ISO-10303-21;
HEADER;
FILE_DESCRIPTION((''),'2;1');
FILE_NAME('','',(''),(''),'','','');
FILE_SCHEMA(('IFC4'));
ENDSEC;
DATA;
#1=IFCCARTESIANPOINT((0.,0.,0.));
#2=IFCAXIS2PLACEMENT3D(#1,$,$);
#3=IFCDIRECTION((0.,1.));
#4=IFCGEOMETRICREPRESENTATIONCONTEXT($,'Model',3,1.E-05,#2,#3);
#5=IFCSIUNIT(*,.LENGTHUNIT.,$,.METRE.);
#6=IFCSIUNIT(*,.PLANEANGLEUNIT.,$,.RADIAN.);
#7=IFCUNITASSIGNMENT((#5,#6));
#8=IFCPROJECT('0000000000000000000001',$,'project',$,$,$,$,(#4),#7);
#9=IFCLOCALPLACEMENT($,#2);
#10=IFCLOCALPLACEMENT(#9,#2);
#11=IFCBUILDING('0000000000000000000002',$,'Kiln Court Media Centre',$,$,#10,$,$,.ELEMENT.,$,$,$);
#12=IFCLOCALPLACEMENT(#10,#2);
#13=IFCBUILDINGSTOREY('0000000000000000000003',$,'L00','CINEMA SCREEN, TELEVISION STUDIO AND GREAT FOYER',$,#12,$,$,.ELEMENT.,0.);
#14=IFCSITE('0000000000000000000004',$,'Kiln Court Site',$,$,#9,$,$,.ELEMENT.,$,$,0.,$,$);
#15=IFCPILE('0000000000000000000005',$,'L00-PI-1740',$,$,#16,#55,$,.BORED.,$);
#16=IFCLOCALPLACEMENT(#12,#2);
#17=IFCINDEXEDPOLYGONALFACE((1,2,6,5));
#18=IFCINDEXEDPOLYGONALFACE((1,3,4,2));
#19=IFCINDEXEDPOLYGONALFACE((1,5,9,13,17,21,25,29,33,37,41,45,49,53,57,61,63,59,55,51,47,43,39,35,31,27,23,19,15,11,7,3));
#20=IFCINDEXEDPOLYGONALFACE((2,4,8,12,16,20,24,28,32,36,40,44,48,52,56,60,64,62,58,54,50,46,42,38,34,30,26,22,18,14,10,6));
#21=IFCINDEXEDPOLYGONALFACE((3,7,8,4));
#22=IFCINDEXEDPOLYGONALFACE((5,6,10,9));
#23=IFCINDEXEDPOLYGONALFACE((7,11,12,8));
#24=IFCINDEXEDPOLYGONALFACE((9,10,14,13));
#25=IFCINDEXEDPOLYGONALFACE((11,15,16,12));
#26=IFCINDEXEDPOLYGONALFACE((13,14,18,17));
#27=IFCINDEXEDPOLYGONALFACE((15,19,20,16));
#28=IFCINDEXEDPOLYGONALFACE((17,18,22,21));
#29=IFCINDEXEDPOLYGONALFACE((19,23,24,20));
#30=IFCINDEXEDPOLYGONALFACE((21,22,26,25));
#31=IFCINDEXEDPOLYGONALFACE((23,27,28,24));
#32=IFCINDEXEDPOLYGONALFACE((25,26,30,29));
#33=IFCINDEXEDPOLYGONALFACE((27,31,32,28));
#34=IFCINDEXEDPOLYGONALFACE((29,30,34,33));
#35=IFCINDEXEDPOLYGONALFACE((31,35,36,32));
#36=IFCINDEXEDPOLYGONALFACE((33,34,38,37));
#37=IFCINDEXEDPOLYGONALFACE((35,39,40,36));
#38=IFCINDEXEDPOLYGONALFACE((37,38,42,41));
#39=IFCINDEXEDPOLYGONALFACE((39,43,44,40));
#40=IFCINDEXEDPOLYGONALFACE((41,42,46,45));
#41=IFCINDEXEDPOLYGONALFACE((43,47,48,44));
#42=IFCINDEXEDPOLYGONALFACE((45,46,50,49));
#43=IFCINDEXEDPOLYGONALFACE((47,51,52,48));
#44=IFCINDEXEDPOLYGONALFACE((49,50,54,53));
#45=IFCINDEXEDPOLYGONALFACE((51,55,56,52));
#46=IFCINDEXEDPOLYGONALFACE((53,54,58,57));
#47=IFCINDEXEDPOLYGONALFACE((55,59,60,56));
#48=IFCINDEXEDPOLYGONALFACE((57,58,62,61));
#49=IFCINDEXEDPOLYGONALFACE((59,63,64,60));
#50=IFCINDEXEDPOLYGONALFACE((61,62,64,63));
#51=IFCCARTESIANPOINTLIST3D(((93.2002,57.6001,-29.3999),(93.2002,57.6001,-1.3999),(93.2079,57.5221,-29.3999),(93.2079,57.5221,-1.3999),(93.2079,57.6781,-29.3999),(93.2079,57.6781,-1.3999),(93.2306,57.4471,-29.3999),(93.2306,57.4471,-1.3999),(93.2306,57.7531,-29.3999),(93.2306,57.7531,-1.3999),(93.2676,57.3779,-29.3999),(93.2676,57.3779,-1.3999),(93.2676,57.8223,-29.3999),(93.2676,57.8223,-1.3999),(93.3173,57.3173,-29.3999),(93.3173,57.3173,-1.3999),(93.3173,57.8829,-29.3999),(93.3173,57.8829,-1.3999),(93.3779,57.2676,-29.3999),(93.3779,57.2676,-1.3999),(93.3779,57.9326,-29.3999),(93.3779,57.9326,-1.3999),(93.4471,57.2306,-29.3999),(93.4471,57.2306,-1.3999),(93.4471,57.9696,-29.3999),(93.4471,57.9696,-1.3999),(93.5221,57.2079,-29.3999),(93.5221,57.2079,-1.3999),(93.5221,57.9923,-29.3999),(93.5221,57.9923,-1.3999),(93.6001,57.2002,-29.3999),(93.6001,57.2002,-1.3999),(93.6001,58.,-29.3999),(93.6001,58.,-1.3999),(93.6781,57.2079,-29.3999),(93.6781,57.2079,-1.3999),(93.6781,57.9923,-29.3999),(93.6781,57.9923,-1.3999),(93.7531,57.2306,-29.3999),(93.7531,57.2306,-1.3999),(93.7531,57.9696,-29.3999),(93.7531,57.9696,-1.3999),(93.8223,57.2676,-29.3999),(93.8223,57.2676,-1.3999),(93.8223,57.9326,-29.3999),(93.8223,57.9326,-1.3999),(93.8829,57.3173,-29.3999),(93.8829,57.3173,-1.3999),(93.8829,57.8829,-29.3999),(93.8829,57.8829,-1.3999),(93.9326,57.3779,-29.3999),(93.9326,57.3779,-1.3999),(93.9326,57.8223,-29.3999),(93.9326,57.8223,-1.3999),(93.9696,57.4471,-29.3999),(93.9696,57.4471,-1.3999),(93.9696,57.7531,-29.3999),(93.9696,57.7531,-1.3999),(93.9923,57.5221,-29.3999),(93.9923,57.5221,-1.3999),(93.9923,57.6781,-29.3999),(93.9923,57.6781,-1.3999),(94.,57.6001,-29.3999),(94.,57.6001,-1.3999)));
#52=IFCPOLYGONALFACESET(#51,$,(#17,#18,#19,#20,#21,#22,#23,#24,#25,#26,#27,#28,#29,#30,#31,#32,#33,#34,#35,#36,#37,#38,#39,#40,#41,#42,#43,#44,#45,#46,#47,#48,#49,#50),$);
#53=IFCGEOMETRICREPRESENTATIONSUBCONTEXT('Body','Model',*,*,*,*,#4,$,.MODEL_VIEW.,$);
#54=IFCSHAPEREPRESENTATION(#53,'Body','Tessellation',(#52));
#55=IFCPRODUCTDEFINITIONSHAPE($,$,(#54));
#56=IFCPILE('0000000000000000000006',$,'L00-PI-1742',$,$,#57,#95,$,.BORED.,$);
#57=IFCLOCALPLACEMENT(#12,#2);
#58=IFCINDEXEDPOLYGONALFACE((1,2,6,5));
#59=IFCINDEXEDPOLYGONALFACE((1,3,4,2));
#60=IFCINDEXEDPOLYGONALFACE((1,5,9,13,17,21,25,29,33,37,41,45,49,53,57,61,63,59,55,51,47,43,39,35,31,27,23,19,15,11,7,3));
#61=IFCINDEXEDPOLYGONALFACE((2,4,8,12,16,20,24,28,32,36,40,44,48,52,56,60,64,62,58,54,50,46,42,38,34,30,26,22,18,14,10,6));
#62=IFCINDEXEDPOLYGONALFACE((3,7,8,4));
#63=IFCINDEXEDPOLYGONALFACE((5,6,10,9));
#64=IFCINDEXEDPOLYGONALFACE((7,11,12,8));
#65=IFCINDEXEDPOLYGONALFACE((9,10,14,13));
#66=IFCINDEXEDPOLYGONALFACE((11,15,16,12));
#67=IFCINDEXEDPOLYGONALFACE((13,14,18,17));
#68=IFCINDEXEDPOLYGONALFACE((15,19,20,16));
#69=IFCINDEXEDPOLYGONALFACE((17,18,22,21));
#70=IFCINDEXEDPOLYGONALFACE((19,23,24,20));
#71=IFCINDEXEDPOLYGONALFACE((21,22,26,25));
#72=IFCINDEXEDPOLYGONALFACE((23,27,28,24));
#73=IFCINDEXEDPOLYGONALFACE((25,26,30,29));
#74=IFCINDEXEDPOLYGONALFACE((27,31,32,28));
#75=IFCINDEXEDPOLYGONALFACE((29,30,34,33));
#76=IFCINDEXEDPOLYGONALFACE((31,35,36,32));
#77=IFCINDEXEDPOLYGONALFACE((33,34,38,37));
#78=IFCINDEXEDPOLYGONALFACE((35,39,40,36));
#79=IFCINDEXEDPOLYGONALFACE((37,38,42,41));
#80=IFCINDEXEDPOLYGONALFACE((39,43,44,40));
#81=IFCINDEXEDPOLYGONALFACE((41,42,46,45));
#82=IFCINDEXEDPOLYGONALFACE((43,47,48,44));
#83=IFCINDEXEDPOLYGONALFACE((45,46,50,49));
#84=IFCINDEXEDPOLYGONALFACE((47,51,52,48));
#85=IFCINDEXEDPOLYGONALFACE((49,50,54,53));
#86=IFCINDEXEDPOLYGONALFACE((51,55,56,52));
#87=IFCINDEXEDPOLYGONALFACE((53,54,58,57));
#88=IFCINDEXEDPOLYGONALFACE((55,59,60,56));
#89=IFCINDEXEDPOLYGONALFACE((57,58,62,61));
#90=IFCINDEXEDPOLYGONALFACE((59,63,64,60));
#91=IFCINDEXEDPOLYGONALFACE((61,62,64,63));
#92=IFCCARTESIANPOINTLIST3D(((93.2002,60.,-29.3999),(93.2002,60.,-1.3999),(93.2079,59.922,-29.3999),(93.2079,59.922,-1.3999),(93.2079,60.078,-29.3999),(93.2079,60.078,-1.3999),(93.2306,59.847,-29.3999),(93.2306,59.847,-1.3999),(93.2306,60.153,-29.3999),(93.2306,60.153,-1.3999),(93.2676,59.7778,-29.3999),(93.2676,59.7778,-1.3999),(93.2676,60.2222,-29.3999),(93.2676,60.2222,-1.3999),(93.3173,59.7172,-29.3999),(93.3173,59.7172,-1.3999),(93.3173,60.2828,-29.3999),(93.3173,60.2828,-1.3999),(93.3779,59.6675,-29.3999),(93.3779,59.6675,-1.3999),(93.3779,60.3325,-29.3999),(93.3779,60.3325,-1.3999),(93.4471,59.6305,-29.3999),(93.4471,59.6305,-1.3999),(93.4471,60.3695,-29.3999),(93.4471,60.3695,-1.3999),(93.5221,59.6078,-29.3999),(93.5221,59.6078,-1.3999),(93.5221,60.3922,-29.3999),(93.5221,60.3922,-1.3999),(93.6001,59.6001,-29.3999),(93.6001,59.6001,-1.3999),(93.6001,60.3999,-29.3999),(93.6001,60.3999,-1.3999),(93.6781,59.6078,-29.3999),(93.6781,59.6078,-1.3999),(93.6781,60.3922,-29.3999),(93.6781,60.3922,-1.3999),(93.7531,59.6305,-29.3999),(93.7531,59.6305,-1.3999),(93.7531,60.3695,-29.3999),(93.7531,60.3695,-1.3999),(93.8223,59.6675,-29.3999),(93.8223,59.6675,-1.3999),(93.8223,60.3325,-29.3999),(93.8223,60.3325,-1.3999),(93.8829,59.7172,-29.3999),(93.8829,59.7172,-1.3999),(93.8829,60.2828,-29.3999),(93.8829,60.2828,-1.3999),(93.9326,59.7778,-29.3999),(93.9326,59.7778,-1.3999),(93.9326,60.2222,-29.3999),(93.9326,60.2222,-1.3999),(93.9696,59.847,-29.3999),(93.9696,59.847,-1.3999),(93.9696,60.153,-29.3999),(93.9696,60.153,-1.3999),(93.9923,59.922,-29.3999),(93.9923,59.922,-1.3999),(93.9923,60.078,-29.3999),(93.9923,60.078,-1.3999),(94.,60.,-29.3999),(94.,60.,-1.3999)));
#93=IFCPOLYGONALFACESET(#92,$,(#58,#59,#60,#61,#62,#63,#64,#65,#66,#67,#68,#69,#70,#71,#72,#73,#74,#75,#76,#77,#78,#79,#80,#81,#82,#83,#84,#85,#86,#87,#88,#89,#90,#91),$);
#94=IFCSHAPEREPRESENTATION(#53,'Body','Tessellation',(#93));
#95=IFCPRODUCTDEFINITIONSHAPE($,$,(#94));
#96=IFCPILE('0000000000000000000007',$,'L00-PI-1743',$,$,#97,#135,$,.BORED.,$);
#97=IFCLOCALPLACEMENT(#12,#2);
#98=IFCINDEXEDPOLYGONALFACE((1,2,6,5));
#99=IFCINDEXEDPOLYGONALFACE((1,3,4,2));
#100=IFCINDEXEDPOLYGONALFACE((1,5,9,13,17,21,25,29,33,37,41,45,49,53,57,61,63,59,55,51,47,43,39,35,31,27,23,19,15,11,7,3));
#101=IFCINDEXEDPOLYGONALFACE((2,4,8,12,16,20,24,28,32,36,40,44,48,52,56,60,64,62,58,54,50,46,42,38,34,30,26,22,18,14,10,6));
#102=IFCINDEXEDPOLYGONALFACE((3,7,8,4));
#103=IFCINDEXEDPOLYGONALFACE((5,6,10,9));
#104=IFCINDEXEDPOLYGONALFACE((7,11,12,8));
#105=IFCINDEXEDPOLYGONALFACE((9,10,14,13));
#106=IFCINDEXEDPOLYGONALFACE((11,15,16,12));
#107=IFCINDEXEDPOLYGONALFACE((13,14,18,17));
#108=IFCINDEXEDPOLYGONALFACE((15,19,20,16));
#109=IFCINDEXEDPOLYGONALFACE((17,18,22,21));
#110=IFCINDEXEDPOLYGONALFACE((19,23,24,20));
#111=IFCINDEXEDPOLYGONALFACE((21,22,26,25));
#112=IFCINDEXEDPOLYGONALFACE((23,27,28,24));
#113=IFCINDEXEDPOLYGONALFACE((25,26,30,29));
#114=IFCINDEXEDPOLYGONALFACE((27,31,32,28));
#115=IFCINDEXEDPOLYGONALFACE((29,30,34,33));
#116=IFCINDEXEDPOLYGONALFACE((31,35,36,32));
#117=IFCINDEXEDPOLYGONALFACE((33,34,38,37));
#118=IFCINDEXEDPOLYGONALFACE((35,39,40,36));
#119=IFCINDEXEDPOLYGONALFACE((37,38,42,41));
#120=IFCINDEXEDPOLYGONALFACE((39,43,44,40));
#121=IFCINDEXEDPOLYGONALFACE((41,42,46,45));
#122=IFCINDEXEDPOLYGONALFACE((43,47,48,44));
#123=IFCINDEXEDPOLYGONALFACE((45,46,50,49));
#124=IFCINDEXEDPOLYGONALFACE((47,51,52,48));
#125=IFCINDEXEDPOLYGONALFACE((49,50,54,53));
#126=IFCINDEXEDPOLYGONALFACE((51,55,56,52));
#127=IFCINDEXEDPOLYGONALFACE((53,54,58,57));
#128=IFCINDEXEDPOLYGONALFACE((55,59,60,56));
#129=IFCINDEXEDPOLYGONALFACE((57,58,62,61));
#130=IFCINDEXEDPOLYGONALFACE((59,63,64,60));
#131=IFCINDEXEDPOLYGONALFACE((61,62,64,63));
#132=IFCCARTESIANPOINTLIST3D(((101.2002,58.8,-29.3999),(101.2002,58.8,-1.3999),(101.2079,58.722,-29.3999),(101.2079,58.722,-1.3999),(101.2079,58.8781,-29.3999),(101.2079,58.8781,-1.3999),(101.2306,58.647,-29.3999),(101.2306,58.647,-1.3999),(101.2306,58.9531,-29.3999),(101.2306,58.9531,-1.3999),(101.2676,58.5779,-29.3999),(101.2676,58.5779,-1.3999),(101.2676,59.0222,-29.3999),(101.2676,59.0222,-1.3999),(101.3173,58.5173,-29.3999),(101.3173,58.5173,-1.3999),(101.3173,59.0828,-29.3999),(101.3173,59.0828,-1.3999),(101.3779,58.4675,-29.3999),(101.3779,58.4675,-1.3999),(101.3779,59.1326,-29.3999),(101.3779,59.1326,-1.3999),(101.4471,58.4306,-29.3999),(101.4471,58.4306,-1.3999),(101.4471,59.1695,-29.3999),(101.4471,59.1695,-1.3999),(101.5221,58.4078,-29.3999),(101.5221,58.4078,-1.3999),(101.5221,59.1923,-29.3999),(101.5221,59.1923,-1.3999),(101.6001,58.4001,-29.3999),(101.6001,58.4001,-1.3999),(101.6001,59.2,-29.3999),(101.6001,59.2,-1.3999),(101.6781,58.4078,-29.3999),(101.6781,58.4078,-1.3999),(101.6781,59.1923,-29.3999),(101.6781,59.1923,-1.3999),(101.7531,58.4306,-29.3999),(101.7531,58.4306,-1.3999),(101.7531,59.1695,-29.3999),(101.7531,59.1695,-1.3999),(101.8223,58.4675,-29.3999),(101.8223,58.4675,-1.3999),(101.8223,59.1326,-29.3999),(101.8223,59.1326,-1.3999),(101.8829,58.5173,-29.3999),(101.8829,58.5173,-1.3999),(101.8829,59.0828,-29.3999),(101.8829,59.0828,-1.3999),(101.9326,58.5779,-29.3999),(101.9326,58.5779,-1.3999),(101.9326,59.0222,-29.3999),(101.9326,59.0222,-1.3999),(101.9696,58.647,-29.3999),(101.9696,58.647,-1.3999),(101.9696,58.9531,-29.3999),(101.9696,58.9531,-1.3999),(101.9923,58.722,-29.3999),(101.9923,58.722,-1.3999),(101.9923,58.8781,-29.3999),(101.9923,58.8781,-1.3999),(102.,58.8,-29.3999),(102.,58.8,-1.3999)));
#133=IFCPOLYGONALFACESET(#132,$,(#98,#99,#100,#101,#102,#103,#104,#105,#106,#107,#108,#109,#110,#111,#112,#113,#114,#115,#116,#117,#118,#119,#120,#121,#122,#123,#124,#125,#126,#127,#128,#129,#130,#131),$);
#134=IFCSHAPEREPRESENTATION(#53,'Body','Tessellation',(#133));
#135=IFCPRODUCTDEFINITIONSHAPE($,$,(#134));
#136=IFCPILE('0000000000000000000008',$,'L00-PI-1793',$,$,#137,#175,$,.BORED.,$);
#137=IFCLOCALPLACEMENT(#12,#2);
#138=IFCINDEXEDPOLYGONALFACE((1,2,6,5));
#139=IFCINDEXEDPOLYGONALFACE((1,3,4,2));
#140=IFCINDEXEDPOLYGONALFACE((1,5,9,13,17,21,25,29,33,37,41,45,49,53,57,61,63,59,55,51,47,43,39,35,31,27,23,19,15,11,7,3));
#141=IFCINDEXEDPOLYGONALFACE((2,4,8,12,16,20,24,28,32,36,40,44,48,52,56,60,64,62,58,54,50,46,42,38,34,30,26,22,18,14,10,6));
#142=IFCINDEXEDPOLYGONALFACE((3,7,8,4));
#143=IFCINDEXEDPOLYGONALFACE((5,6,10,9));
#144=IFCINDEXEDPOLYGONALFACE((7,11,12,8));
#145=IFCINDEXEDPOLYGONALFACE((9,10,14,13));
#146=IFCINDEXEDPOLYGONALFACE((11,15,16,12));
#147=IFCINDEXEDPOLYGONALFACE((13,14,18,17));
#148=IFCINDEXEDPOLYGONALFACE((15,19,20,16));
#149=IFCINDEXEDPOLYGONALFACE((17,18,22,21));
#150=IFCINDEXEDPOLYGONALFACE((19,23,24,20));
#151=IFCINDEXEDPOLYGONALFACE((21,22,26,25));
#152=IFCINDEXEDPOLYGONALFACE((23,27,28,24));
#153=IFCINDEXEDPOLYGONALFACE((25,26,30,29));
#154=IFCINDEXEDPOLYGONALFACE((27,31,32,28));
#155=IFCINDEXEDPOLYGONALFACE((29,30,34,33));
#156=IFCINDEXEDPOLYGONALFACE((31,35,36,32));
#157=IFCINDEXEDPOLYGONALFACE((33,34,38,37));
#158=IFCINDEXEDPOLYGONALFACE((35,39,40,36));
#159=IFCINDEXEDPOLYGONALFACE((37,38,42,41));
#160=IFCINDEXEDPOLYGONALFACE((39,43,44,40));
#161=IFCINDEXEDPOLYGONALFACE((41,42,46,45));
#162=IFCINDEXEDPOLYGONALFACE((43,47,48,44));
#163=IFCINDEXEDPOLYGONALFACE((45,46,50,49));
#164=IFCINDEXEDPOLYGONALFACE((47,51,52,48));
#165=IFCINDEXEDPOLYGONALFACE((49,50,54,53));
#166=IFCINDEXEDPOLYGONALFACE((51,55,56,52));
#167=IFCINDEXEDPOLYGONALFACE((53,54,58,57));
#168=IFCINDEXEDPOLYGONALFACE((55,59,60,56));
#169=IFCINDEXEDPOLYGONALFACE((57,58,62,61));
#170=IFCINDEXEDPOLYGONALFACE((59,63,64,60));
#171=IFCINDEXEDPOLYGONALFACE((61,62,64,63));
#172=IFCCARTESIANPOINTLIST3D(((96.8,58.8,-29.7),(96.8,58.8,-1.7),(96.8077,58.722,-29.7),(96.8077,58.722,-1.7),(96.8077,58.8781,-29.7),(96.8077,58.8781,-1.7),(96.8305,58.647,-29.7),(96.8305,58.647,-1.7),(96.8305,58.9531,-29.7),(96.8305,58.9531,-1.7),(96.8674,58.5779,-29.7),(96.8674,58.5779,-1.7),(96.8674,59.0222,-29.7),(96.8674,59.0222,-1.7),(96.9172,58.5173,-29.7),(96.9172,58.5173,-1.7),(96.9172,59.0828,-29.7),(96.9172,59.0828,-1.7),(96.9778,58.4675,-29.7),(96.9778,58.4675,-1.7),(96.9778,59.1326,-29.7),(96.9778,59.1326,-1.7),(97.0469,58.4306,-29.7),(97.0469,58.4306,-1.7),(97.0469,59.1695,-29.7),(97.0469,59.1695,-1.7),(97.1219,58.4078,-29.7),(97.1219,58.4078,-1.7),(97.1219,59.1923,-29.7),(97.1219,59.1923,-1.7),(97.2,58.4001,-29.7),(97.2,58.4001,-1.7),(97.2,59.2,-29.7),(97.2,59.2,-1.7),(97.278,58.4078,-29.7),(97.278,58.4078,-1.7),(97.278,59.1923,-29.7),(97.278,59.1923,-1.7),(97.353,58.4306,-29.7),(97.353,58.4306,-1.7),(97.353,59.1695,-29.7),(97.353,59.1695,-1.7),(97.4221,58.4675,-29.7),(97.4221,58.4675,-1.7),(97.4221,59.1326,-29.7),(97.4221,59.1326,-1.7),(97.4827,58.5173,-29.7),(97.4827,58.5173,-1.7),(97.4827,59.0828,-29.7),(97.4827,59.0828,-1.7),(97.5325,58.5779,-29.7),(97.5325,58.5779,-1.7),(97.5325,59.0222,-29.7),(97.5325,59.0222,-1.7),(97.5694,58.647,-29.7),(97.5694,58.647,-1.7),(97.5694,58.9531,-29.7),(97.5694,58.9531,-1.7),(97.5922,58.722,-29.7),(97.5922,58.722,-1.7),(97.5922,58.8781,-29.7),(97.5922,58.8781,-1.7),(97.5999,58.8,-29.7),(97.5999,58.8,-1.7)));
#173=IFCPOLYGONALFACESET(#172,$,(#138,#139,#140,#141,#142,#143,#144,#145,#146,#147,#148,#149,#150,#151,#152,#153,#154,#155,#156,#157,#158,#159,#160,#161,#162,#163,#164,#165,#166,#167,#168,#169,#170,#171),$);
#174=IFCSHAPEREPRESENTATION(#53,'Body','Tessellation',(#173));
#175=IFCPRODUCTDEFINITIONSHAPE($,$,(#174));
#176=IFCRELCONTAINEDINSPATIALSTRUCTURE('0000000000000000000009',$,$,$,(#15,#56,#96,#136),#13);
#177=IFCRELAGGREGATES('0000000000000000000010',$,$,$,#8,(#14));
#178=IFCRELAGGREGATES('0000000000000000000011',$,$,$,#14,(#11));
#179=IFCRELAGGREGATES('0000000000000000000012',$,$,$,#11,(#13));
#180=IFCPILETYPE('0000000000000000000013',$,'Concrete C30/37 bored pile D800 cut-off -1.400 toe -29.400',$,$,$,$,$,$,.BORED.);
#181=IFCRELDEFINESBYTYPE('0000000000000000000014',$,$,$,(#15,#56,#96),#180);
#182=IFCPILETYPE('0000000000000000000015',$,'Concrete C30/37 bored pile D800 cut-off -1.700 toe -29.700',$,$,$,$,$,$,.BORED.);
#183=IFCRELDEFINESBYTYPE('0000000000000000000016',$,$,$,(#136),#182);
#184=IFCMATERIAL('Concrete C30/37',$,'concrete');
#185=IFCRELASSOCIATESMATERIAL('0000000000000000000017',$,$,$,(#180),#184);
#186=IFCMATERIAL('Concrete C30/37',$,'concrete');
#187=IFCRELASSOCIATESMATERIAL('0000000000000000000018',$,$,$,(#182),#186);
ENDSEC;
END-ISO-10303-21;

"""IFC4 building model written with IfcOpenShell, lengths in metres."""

from ifc_helpers import new_model, si_unit, direction, frame, origin, origin_2d, place, context, subcontext, project, spatial, circle, extrude, material, material_profile, profile_set, type_object, element, save


model = new_model("IFC4")

# Units and contexts
model_context = context("Model", 3, precision=1e-05, world=origin(), true_north=direction((0.0, 1.0)))
body_context = subcontext(model_context, "Body", "Model", "MODEL_VIEW")
ifc_project = project(units=[si_unit("LENGTHUNIT", "METRE"), si_unit("PLANEANGLEUNIT", "RADIAN")], contexts=[model_context])

# Site, building, storey
site_placement = place(None, origin())
site = spatial("IfcSite", under=ifc_project, at=site_placement, Name="Kiln Court Site", CompositionType="ELEMENT", RefElevation=0.0)
building_placement = place(site_placement, origin())
building = spatial("IfcBuilding", under=site, at=building_placement, Name="Kiln Court Media Centre", CompositionType="ELEMENT")
storey_placement = place(building_placement, origin())
storey = spatial("IfcBuildingStorey", under=building, at=storey_placement, Name="L00", Description="CINEMA SCREEN, TELEVISION STUDIO AND GREAT FOYER", CompositionType="ELEMENT", Elevation=0.0)

# Piles
ifc_material_1 = material(Name="Concrete C30/37", Category="concrete")
ifc_material_profile_1 = material_profile(ifc_material_1, circle(Radius=0.3999, at=origin_2d()), Name="PILE D800")
ifc_profile_set_1 = profile_set([ifc_material_profile_1], Name="Concrete C30/37")
pile_type_1 = type_object("IfcPileType", Name="Concrete C30/37 bored pile D800 cut-off -1.400 toe -29.400", PredefinedType="BORED", material=ifc_profile_set_1)
for number, where, z_axis, x_axis, name in (
    (1, (93.6001, 57.6001, -1.3999), (0.0, 0.0, -1.0), (1.0, 0.0, 0.0), "L00-PI-1740"),
    (2, (93.6001, 60.0, -1.3999), (0.0, 0.0, -1.0), (1.0, 0.0, 0.0), "L00-PI-1742"),
    (3, (101.6001, 58.8, -1.3999), (0.0, 0.0, -1.0), (1.0, 0.0, 0.0), "L00-PI-1743"),
):
    element("IfcPile", number, at=place(storey_placement, frame(where, z_axis=z_axis, x_axis=x_axis)), inside=storey, type_object=pile_type_1, Name=name, PredefinedType="BORED", context=body_context, shape_type="SweptSolid", body=[
        extrude(circle(Radius=0.3999, at=origin_2d()), origin(), (0.0, 0.0, 1.0), 28.0),
    ])
ifc_material_2 = material(Name="Concrete C30/37", Category="concrete")
ifc_material_profile_2 = material_profile(ifc_material_2, circle(Radius=0.3999, at=origin_2d()), Name="PILE D800")
ifc_profile_set_2 = profile_set([ifc_material_profile_2], Name="Concrete C30/37")
pile_type_2 = type_object("IfcPileType", Name="Concrete C30/37 bored pile D800 cut-off -1.700 toe -29.700", PredefinedType="BORED", material=ifc_profile_set_2)
for number, where, z_axis, x_axis, name in (
    (4, (97.2, 58.8, -1.7), (0.0, 0.0, -1.0), (1.0, 0.0, 0.0), "L00-PI-1793"),
):
    element("IfcPile", number, at=place(storey_placement, frame(where, z_axis=z_axis, x_axis=x_axis)), inside=storey, type_object=pile_type_2, Name=name, PredefinedType="BORED", context=body_context, shape_type="SweptSolid", body=[
        extrude(circle(Radius=0.3999, at=origin_2d()), origin(), (0.0, 0.0, 1.0), 28.0),
    ])

save(model, "model.ifc")
